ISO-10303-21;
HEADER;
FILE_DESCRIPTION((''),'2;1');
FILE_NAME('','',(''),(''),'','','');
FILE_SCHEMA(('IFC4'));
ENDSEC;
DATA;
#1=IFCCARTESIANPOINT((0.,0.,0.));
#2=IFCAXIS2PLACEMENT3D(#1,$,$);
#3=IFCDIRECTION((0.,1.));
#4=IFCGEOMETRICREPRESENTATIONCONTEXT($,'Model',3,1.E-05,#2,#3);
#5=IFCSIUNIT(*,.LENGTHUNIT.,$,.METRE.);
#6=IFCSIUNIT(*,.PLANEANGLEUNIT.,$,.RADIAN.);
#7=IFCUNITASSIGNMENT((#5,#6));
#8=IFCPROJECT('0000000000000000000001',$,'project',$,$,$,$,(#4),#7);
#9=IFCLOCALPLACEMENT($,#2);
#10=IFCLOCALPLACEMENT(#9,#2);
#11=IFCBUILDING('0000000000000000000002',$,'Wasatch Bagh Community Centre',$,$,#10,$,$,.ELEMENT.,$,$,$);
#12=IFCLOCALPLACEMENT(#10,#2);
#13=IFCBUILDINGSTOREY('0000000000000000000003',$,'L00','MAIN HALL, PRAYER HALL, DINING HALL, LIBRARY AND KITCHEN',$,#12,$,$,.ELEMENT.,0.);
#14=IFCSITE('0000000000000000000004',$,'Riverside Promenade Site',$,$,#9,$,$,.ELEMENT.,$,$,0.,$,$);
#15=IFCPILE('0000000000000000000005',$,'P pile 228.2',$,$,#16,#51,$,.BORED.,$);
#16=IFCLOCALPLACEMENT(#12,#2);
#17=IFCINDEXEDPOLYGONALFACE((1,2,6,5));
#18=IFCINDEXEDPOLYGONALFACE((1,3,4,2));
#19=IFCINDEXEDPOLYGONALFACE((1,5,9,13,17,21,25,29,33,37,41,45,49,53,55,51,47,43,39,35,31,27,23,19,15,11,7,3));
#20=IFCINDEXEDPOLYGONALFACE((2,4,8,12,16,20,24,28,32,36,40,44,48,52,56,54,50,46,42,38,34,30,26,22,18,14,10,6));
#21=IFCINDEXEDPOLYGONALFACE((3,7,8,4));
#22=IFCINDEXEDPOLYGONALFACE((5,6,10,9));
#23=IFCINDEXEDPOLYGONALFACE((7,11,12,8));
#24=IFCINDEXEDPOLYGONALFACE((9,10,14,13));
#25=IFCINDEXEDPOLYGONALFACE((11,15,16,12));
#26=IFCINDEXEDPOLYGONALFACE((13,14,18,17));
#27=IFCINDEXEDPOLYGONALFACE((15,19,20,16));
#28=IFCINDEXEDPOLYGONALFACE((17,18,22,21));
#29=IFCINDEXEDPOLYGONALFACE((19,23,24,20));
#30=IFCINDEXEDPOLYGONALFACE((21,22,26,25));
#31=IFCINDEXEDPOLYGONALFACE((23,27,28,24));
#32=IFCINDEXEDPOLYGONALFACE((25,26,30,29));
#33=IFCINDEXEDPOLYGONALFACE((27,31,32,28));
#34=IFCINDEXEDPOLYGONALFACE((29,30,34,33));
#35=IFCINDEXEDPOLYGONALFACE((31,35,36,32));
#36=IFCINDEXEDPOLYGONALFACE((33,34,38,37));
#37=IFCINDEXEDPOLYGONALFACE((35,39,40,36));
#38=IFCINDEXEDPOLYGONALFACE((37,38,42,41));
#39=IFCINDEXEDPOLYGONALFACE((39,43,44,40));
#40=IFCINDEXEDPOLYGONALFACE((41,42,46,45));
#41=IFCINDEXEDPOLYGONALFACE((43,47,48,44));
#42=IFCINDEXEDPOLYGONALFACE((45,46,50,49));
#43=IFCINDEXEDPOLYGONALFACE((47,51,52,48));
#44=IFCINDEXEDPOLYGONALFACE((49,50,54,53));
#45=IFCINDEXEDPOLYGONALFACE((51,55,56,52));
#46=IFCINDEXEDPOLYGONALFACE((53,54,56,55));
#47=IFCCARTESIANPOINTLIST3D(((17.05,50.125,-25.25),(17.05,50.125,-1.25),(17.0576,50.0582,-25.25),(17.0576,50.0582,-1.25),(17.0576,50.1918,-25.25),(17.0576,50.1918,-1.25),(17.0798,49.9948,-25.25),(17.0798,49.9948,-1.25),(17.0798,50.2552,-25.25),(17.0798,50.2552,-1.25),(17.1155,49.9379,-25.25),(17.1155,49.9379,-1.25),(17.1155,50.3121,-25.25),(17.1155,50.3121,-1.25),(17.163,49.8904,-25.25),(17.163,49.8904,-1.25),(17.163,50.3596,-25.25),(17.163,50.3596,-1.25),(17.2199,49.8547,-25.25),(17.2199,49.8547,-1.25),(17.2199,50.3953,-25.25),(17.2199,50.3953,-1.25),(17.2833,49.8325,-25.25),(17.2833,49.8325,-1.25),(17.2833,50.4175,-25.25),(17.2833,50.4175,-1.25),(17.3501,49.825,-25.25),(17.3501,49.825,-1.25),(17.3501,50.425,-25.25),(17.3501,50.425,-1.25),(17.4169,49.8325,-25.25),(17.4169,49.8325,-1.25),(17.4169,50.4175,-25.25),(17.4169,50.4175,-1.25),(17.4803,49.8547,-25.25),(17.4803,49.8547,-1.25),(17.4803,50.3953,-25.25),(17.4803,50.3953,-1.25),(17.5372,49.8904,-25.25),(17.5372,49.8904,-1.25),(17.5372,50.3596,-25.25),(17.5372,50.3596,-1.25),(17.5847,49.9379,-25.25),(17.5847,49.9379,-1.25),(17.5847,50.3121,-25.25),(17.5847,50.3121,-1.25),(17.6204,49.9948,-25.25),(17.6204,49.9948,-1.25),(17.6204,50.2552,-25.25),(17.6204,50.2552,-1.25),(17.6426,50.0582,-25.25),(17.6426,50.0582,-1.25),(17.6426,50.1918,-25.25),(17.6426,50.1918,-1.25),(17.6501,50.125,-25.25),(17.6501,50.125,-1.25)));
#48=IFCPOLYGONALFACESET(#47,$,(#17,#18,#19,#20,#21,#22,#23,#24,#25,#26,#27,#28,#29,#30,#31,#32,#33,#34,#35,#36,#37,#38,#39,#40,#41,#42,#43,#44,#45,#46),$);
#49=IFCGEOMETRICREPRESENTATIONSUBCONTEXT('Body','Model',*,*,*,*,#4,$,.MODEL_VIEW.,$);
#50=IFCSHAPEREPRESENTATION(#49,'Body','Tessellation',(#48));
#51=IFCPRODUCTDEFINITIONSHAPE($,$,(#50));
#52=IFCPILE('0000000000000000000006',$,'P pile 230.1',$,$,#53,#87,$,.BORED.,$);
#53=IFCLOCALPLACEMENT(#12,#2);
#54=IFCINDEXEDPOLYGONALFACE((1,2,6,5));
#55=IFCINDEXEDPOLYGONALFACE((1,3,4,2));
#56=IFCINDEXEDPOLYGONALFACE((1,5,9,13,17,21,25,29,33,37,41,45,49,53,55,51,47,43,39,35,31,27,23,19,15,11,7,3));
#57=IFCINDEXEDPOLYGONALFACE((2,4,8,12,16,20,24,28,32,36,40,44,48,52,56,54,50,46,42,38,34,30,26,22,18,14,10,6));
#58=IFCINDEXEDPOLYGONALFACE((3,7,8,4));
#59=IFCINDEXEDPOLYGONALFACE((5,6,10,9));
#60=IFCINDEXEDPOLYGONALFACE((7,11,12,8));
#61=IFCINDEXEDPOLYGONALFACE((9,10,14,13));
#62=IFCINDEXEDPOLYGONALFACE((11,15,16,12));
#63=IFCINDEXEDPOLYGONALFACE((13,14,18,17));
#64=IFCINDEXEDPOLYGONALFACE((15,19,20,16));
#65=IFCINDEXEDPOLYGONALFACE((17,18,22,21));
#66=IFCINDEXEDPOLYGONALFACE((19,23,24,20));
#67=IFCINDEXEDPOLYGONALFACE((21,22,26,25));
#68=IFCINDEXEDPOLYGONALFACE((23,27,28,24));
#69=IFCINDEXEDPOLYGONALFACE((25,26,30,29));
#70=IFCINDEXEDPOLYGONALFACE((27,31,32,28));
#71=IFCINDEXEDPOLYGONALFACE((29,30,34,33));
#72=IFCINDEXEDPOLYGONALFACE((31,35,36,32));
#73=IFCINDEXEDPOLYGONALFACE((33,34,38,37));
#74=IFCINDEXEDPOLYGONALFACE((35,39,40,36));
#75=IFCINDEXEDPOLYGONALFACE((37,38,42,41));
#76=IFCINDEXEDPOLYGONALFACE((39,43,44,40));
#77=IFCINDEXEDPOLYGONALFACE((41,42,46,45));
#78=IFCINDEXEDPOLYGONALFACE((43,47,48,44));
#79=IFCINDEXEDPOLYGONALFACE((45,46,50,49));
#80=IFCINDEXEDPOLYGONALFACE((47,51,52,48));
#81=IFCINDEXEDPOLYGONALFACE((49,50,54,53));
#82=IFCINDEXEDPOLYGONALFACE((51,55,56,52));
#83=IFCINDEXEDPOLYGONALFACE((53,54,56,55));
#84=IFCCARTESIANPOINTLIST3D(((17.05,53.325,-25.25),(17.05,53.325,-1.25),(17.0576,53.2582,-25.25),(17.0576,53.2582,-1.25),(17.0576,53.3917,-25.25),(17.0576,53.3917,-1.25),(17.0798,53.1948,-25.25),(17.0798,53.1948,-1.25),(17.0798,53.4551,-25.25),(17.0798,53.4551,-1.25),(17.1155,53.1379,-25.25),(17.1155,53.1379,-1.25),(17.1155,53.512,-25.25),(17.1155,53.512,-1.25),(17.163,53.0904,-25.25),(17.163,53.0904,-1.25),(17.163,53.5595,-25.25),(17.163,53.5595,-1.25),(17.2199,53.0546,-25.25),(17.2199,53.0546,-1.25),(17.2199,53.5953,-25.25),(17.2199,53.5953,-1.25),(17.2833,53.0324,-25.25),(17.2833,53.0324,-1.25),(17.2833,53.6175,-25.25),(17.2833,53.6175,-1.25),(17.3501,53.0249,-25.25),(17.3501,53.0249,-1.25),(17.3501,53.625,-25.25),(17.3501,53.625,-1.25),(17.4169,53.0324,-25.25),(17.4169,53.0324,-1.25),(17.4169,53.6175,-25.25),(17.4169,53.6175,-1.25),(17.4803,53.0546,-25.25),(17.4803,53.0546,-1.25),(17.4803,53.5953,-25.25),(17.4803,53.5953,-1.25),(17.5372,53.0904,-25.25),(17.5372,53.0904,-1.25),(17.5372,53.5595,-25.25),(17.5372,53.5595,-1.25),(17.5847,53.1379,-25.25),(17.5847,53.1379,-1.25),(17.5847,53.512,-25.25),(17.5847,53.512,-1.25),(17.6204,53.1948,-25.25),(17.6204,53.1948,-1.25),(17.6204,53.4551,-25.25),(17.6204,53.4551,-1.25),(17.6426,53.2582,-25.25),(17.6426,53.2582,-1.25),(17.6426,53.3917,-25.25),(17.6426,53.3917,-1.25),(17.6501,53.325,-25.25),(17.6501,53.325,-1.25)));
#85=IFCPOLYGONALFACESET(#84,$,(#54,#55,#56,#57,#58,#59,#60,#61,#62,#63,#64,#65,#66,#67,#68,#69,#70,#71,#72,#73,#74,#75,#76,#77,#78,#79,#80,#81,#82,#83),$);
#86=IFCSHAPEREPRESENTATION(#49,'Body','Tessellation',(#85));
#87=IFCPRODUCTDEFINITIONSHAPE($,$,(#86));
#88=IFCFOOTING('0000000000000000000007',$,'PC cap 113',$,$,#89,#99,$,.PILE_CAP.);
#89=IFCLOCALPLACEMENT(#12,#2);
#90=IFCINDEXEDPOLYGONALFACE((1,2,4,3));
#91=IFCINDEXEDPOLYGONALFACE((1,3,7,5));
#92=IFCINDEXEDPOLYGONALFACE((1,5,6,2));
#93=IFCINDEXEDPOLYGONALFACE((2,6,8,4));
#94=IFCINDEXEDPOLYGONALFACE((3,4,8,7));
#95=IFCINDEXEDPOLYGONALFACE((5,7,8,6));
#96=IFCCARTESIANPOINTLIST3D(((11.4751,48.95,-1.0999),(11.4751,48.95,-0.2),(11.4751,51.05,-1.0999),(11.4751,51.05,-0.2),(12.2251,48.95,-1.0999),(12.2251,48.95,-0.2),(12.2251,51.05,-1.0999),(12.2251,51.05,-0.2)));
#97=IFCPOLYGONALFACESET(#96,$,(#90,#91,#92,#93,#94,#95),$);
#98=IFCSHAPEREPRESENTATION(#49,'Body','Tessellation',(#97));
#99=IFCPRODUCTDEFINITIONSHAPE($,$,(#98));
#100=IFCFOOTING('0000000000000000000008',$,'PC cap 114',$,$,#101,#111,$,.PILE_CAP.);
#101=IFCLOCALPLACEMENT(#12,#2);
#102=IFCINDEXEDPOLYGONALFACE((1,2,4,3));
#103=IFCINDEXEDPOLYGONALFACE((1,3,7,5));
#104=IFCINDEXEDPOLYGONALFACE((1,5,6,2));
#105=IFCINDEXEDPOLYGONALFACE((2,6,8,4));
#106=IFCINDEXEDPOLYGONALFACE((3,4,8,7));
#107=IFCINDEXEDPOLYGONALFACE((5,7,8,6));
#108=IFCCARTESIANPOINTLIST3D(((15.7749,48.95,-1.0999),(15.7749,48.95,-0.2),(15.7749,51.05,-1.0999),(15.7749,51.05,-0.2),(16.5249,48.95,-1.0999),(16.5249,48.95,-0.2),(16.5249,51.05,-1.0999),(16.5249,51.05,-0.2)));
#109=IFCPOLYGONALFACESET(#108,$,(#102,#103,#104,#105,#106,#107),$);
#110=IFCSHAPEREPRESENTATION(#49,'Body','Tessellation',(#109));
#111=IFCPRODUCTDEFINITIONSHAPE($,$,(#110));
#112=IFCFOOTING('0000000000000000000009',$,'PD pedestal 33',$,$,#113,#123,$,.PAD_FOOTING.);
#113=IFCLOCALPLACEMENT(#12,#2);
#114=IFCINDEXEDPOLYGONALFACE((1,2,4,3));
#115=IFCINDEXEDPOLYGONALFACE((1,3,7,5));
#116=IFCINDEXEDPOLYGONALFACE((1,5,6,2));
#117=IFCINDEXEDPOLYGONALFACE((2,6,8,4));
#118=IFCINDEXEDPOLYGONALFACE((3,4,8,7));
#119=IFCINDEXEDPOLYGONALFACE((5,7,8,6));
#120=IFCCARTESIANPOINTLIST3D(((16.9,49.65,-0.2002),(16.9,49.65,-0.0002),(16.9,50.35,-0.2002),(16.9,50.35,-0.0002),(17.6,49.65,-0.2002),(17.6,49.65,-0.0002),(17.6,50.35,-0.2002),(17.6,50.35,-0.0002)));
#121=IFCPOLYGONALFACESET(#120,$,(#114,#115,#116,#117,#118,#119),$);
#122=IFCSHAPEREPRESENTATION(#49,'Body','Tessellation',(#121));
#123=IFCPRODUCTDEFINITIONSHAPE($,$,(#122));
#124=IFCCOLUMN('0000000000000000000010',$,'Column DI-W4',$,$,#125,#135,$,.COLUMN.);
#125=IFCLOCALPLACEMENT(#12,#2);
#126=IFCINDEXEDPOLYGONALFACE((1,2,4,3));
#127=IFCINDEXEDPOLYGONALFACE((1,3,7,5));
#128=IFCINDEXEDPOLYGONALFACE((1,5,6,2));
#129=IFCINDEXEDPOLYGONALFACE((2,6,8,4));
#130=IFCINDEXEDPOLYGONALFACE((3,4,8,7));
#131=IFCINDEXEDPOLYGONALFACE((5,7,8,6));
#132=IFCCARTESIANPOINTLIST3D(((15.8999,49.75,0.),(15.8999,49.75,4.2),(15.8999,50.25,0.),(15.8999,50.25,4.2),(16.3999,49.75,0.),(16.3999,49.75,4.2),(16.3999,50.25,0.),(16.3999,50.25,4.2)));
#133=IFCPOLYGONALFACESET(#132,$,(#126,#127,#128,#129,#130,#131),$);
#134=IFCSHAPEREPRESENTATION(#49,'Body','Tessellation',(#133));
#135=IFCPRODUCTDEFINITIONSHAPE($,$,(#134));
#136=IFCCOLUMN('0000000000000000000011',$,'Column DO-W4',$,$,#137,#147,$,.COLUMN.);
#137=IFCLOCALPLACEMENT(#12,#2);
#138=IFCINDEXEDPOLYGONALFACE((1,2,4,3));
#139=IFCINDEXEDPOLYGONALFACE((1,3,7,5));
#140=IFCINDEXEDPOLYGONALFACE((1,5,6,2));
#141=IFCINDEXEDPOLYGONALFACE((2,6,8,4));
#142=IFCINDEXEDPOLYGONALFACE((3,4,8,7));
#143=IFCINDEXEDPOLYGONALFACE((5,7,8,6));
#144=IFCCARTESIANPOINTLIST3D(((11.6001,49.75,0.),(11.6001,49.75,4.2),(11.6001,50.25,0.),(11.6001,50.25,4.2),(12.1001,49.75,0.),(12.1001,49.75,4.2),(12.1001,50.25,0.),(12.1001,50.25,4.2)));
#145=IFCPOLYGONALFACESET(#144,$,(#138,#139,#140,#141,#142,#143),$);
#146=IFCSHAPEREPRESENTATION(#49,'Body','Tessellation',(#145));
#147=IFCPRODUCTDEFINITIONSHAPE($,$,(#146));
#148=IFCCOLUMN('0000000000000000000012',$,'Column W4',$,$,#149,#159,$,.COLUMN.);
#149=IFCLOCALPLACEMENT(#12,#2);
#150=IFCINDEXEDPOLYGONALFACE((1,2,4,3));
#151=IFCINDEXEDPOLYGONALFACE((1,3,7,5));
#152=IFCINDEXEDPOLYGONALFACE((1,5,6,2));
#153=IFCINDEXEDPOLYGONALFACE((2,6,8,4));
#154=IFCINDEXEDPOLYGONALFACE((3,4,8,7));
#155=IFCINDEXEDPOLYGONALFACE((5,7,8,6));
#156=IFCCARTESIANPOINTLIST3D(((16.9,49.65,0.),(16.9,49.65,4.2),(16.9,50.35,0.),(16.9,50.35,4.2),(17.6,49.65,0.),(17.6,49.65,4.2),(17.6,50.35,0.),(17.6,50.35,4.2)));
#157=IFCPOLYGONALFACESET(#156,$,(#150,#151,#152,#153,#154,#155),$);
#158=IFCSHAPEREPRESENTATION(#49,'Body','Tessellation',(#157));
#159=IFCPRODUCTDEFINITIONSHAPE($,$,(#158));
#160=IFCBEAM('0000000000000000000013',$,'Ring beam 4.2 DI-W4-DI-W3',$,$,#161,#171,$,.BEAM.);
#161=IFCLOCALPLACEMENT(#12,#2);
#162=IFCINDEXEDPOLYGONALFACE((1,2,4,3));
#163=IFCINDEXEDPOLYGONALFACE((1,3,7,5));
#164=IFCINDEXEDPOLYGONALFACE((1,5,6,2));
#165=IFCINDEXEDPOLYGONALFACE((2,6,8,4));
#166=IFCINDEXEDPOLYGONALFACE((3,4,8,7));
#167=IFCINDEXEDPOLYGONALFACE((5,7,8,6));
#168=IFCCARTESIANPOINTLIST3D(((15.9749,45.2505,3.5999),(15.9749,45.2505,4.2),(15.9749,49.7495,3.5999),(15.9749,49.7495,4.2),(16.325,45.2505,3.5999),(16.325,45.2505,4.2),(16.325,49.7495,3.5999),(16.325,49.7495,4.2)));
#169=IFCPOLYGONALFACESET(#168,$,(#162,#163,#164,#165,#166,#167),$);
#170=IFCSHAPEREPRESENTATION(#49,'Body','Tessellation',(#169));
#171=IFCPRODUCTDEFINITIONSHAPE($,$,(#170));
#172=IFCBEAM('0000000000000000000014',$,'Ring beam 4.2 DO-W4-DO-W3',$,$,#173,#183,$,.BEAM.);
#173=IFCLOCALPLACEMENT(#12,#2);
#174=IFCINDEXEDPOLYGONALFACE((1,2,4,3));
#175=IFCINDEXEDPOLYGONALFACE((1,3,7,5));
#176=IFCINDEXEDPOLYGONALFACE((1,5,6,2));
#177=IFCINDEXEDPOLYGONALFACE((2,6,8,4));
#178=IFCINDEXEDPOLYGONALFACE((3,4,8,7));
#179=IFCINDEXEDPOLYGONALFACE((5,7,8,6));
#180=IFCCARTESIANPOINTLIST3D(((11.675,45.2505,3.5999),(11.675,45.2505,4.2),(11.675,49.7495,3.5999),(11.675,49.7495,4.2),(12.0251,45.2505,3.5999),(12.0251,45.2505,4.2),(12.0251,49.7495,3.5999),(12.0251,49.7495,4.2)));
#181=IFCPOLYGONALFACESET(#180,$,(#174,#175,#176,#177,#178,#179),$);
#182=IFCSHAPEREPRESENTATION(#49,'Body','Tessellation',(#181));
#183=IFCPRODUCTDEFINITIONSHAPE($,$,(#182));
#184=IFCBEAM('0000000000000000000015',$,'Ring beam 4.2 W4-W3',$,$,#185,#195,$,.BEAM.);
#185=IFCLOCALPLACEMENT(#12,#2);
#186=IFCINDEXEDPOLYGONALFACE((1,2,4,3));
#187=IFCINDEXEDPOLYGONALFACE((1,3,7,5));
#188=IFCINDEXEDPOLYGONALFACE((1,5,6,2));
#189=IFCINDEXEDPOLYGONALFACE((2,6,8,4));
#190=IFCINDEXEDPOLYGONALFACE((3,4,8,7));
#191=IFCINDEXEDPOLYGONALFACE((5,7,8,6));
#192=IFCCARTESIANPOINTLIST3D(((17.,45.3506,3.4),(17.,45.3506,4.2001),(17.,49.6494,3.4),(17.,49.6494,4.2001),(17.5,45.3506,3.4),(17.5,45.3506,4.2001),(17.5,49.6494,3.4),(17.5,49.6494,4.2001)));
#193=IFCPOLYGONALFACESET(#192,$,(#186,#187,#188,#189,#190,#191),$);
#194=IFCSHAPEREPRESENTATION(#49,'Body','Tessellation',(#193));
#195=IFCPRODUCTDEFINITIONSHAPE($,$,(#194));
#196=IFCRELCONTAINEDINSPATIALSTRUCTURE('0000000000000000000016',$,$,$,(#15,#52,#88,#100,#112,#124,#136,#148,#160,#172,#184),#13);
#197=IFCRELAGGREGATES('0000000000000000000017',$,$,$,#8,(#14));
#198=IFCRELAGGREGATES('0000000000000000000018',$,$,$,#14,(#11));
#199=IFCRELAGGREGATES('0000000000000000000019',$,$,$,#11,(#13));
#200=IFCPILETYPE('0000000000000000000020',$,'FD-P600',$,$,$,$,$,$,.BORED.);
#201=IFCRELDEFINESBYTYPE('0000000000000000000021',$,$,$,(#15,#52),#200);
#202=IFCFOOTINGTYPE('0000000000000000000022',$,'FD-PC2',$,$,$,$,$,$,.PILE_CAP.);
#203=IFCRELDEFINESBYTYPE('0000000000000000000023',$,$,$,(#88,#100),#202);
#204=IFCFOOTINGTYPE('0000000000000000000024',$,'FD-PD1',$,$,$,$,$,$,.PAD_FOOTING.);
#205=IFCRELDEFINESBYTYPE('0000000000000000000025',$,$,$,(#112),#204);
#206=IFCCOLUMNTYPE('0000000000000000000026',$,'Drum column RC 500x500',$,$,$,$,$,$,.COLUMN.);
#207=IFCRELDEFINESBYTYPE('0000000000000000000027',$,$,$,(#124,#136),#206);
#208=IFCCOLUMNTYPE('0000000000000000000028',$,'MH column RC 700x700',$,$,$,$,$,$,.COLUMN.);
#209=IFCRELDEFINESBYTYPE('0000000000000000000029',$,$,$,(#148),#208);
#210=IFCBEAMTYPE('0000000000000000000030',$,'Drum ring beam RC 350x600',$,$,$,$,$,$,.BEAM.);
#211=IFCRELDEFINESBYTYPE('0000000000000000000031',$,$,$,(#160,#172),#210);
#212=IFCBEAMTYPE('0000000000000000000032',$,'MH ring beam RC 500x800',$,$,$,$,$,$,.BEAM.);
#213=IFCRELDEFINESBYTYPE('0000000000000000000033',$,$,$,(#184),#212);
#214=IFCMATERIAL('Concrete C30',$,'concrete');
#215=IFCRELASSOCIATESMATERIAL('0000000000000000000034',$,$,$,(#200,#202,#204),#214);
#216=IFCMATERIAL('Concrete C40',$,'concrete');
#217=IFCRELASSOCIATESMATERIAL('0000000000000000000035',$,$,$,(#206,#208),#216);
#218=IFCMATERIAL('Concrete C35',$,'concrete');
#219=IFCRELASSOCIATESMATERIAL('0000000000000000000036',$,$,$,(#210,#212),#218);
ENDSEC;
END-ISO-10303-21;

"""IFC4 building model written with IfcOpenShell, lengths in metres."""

from ifc_helpers import new_model, si_unit, direction, frame, origin, origin_2d, place, context, subcontext, project, spatial, rectangle, circle, extrude, material, material_profile, profile_set, type_object, element, save


model = new_model("IFC4")

# Units and contexts
model_context = context("Model", 3, precision=1e-05, world=origin(), true_north=direction((0.0, 1.0)))
body_context = subcontext(model_context, "Body", "Model", "MODEL_VIEW")
ifc_project = project(units=[si_unit("LENGTHUNIT", "METRE"), si_unit("PLANEANGLEUNIT", "RADIAN")], contexts=[model_context])

# Site, building, storey
site_placement = place(None, origin())
site = spatial("IfcSite", under=ifc_project, at=site_placement, Name="Riverside Promenade Site", CompositionType="ELEMENT", RefElevation=0.0)
building_placement = place(site_placement, origin())
building = spatial("IfcBuilding", under=site, at=building_placement, Name="Wasatch Bagh Community Centre", CompositionType="ELEMENT")
storey_placement = place(building_placement, origin())
storey = spatial("IfcBuildingStorey", under=building, at=storey_placement, Name="L00", Description="MAIN HALL, PRAYER HALL, DINING HALL, LIBRARY AND KITCHEN", CompositionType="ELEMENT", Elevation=0.0)

# Shared definitions
ifc_material_1 = material(Name="Concrete C35", Category="concrete")

# Piles
ifc_material_2 = material(Name="Concrete C30", Category="concrete")
ifc_material_profile_1 = material_profile(ifc_material_2, circle(Radius=0.3, at=origin_2d()), Name="RC D600")
ifc_profile_set_1 = profile_set([ifc_material_profile_1], Name="Concrete C30")
pile_type_1 = type_object("IfcPileType", Name="FD-P600", PredefinedType="BORED", material=ifc_profile_set_1)
for number, where, z_axis, x_axis, name in (
    (1, (17.3501, 50.125, -1.25), (0.0, 0.0, -1.0), (1.0, 0.0, 0.0), "P pile 228.2"),
    (2, (17.3501, 53.325, -1.25), (0.0, 0.0, -1.0), (1.0, 0.0, 0.0), "P pile 230.1"),
):
    element("IfcPile", number, at=place(storey_placement, frame(where, z_axis=z_axis, x_axis=x_axis)), inside=storey, type_object=pile_type_1, Name=name, PredefinedType="BORED", context=body_context, shape_type="SweptSolid", body=[
        extrude(circle(Radius=0.3, at=origin_2d()), origin(), (0.0, 0.0, 1.0), 24.0),
    ])

# Footings
footing_type_1 = type_object("IfcFootingType", Name="FD-PC2", PredefinedType="PILE_CAP", material=ifc_material_2)
for number, where, z_axis, x_axis, name in (
    (3, (11.8501, 50.0, -1.0999), (0.0, 0.0, 1.0), (0.0, 1.0, 0.0), "PC cap 113"),
    (4, (16.1499, 50.0, -1.0999), (0.0, 0.0, 1.0), (0.0, 1.0, 0.0), "PC cap 114"),
):
    element("IfcFooting", number, at=place(storey_placement, frame(where, z_axis=z_axis, x_axis=x_axis)), inside=storey, type_object=footing_type_1, Name=name, PredefinedType="PILE_CAP", context=body_context, shape_type="SweptSolid", body=[
        extrude(rectangle(XDim=2.1001, YDim=0.75, at=origin_2d()), origin(), (0.0, 0.0, 1.0), 0.8999),
    ])
footing_type_2 = type_object("IfcFootingType", Name="FD-PD1", PredefinedType="PAD_FOOTING", material=ifc_material_2)
footing_1_placement = place(storey_placement, frame((17.25, 50.0, -0.2002), z_axis=(0.0, 0.0, 1.0), x_axis=(1.0, 0.0, 0.0)))
element("IfcFooting", 5, at=footing_1_placement, inside=storey, type_object=footing_type_2, Name="PD pedestal 33", PredefinedType="PAD_FOOTING", context=body_context, shape_type="SweptSolid", body=[
    extrude(rectangle(XDim=0.7, YDim=0.7, at=origin_2d()), origin(), (0.0, 0.0, 1.0), 0.2),
])

# Columns
ifc_material_3 = material(Name="Concrete C40", Category="concrete")
ifc_material_profile_2 = material_profile(ifc_material_3, rectangle(XDim=0.5, YDim=0.5, at=origin_2d()), Name="RC 500x500")
ifc_profile_set_2 = profile_set([ifc_material_profile_2], Name="Concrete C40")
column_type_1 = type_object("IfcColumnType", Name="Drum column RC 500x500", PredefinedType="COLUMN", material=ifc_profile_set_2)
for number, where, z_axis, x_axis, name in (
    (6, (16.1499, 50.0, 0.0), (0.0, 0.0, 1.0), (1.0, 0.0, 0.0), "Column DI-W4"),
    (7, (11.8501, 50.0, 0.0), (0.0, 0.0, 1.0), (1.0, 0.0, 0.0), "Column DO-W4"),
):
    element("IfcColumn", number, at=place(storey_placement, frame(where, z_axis=z_axis, x_axis=x_axis)), inside=storey, type_object=column_type_1, Name=name, PredefinedType="COLUMN", context=body_context, shape_type="SweptSolid", body=[
        extrude(rectangle(XDim=0.5, YDim=0.5, at=origin_2d()), origin(), (0.0, 0.0, 1.0), 4.2),
    ])
ifc_material_profile_3 = material_profile(ifc_material_3, rectangle(XDim=0.7, YDim=0.7, at=origin_2d()), Name="RC 700x700")
ifc_profile_set_3 = profile_set([ifc_material_profile_3], Name="Concrete C40")
column_type_2 = type_object("IfcColumnType", Name="MH column RC 700x700", PredefinedType="COLUMN", material=ifc_profile_set_3)
column_placement = place(storey_placement, frame((17.25, 50.0, 0.0), z_axis=(0.0, 0.0, 1.0), x_axis=(1.0, 0.0, 0.0)))
element("IfcColumn", 8, at=column_placement, inside=storey, type_object=column_type_2, Name="Column W4", PredefinedType="COLUMN", context=body_context, shape_type="SweptSolid", body=[
    extrude(rectangle(XDim=0.7, YDim=0.7, at=origin_2d()), origin(), (0.0, 0.0, 1.0), 4.2),
])

# Beams
ifc_material_profile_4 = material_profile(ifc_material_1, rectangle(XDim=0.3501, YDim=0.6001, at=origin_2d()), Name="RC 350x600")
ifc_profile_set_4 = profile_set([ifc_material_profile_4], Name="Concrete C35")
beam_type_1 = type_object("IfcBeamType", Name="Drum ring beam RC 350x600", PredefinedType="BEAM", material=ifc_profile_set_4)
for number, where, z_axis, x_axis, name in (
    (9, (16.1499, 49.7495, 3.8999), (0.0, -1.0, 0.0), (1.0, 0.0, 0.0), "Ring beam 4.2 DI-W4-DI-W3"),
    (10, (11.8501, 49.7495, 3.8999), (0.0, -1.0, 0.0), (1.0, 0.0, 0.0), "Ring beam 4.2 DO-W4-DO-W3"),
):
    element("IfcBeam", number, at=place(storey_placement, frame(where, z_axis=z_axis, x_axis=x_axis)), inside=storey, type_object=beam_type_1, Name=name, PredefinedType="BEAM", context=body_context, shape_type="SweptSolid", body=[
        extrude(rectangle(XDim=0.3501, YDim=0.6001, at=origin_2d()), origin(), (0.0, 0.0, 1.0), 4.499),
    ])
ifc_material_profile_5 = material_profile(ifc_material_1, rectangle(XDim=0.5, YDim=0.8, at=origin_2d()), Name="RC 500x800")
ifc_profile_set_5 = profile_set([ifc_material_profile_5], Name="Concrete C35")
beam_type_2 = type_object("IfcBeamType", Name="MH ring beam RC 500x800", PredefinedType="BEAM", material=ifc_profile_set_5)
beam_placement = place(storey_placement, frame((17.25, 49.6494, 3.8), z_axis=(0.0, -1.0, 0.0), x_axis=(1.0, 0.0, 0.0)))
element("IfcBeam", 11, at=beam_placement, inside=storey, type_object=beam_type_2, Name="Ring beam 4.2 W4-W3", PredefinedType="BEAM", context=body_context, shape_type="SweptSolid", body=[
    extrude(rectangle(XDim=0.5, YDim=0.8, at=origin_2d()), origin(), (0.0, 0.0, 1.0), 4.2988),
])

save(model, "model.ifc")
